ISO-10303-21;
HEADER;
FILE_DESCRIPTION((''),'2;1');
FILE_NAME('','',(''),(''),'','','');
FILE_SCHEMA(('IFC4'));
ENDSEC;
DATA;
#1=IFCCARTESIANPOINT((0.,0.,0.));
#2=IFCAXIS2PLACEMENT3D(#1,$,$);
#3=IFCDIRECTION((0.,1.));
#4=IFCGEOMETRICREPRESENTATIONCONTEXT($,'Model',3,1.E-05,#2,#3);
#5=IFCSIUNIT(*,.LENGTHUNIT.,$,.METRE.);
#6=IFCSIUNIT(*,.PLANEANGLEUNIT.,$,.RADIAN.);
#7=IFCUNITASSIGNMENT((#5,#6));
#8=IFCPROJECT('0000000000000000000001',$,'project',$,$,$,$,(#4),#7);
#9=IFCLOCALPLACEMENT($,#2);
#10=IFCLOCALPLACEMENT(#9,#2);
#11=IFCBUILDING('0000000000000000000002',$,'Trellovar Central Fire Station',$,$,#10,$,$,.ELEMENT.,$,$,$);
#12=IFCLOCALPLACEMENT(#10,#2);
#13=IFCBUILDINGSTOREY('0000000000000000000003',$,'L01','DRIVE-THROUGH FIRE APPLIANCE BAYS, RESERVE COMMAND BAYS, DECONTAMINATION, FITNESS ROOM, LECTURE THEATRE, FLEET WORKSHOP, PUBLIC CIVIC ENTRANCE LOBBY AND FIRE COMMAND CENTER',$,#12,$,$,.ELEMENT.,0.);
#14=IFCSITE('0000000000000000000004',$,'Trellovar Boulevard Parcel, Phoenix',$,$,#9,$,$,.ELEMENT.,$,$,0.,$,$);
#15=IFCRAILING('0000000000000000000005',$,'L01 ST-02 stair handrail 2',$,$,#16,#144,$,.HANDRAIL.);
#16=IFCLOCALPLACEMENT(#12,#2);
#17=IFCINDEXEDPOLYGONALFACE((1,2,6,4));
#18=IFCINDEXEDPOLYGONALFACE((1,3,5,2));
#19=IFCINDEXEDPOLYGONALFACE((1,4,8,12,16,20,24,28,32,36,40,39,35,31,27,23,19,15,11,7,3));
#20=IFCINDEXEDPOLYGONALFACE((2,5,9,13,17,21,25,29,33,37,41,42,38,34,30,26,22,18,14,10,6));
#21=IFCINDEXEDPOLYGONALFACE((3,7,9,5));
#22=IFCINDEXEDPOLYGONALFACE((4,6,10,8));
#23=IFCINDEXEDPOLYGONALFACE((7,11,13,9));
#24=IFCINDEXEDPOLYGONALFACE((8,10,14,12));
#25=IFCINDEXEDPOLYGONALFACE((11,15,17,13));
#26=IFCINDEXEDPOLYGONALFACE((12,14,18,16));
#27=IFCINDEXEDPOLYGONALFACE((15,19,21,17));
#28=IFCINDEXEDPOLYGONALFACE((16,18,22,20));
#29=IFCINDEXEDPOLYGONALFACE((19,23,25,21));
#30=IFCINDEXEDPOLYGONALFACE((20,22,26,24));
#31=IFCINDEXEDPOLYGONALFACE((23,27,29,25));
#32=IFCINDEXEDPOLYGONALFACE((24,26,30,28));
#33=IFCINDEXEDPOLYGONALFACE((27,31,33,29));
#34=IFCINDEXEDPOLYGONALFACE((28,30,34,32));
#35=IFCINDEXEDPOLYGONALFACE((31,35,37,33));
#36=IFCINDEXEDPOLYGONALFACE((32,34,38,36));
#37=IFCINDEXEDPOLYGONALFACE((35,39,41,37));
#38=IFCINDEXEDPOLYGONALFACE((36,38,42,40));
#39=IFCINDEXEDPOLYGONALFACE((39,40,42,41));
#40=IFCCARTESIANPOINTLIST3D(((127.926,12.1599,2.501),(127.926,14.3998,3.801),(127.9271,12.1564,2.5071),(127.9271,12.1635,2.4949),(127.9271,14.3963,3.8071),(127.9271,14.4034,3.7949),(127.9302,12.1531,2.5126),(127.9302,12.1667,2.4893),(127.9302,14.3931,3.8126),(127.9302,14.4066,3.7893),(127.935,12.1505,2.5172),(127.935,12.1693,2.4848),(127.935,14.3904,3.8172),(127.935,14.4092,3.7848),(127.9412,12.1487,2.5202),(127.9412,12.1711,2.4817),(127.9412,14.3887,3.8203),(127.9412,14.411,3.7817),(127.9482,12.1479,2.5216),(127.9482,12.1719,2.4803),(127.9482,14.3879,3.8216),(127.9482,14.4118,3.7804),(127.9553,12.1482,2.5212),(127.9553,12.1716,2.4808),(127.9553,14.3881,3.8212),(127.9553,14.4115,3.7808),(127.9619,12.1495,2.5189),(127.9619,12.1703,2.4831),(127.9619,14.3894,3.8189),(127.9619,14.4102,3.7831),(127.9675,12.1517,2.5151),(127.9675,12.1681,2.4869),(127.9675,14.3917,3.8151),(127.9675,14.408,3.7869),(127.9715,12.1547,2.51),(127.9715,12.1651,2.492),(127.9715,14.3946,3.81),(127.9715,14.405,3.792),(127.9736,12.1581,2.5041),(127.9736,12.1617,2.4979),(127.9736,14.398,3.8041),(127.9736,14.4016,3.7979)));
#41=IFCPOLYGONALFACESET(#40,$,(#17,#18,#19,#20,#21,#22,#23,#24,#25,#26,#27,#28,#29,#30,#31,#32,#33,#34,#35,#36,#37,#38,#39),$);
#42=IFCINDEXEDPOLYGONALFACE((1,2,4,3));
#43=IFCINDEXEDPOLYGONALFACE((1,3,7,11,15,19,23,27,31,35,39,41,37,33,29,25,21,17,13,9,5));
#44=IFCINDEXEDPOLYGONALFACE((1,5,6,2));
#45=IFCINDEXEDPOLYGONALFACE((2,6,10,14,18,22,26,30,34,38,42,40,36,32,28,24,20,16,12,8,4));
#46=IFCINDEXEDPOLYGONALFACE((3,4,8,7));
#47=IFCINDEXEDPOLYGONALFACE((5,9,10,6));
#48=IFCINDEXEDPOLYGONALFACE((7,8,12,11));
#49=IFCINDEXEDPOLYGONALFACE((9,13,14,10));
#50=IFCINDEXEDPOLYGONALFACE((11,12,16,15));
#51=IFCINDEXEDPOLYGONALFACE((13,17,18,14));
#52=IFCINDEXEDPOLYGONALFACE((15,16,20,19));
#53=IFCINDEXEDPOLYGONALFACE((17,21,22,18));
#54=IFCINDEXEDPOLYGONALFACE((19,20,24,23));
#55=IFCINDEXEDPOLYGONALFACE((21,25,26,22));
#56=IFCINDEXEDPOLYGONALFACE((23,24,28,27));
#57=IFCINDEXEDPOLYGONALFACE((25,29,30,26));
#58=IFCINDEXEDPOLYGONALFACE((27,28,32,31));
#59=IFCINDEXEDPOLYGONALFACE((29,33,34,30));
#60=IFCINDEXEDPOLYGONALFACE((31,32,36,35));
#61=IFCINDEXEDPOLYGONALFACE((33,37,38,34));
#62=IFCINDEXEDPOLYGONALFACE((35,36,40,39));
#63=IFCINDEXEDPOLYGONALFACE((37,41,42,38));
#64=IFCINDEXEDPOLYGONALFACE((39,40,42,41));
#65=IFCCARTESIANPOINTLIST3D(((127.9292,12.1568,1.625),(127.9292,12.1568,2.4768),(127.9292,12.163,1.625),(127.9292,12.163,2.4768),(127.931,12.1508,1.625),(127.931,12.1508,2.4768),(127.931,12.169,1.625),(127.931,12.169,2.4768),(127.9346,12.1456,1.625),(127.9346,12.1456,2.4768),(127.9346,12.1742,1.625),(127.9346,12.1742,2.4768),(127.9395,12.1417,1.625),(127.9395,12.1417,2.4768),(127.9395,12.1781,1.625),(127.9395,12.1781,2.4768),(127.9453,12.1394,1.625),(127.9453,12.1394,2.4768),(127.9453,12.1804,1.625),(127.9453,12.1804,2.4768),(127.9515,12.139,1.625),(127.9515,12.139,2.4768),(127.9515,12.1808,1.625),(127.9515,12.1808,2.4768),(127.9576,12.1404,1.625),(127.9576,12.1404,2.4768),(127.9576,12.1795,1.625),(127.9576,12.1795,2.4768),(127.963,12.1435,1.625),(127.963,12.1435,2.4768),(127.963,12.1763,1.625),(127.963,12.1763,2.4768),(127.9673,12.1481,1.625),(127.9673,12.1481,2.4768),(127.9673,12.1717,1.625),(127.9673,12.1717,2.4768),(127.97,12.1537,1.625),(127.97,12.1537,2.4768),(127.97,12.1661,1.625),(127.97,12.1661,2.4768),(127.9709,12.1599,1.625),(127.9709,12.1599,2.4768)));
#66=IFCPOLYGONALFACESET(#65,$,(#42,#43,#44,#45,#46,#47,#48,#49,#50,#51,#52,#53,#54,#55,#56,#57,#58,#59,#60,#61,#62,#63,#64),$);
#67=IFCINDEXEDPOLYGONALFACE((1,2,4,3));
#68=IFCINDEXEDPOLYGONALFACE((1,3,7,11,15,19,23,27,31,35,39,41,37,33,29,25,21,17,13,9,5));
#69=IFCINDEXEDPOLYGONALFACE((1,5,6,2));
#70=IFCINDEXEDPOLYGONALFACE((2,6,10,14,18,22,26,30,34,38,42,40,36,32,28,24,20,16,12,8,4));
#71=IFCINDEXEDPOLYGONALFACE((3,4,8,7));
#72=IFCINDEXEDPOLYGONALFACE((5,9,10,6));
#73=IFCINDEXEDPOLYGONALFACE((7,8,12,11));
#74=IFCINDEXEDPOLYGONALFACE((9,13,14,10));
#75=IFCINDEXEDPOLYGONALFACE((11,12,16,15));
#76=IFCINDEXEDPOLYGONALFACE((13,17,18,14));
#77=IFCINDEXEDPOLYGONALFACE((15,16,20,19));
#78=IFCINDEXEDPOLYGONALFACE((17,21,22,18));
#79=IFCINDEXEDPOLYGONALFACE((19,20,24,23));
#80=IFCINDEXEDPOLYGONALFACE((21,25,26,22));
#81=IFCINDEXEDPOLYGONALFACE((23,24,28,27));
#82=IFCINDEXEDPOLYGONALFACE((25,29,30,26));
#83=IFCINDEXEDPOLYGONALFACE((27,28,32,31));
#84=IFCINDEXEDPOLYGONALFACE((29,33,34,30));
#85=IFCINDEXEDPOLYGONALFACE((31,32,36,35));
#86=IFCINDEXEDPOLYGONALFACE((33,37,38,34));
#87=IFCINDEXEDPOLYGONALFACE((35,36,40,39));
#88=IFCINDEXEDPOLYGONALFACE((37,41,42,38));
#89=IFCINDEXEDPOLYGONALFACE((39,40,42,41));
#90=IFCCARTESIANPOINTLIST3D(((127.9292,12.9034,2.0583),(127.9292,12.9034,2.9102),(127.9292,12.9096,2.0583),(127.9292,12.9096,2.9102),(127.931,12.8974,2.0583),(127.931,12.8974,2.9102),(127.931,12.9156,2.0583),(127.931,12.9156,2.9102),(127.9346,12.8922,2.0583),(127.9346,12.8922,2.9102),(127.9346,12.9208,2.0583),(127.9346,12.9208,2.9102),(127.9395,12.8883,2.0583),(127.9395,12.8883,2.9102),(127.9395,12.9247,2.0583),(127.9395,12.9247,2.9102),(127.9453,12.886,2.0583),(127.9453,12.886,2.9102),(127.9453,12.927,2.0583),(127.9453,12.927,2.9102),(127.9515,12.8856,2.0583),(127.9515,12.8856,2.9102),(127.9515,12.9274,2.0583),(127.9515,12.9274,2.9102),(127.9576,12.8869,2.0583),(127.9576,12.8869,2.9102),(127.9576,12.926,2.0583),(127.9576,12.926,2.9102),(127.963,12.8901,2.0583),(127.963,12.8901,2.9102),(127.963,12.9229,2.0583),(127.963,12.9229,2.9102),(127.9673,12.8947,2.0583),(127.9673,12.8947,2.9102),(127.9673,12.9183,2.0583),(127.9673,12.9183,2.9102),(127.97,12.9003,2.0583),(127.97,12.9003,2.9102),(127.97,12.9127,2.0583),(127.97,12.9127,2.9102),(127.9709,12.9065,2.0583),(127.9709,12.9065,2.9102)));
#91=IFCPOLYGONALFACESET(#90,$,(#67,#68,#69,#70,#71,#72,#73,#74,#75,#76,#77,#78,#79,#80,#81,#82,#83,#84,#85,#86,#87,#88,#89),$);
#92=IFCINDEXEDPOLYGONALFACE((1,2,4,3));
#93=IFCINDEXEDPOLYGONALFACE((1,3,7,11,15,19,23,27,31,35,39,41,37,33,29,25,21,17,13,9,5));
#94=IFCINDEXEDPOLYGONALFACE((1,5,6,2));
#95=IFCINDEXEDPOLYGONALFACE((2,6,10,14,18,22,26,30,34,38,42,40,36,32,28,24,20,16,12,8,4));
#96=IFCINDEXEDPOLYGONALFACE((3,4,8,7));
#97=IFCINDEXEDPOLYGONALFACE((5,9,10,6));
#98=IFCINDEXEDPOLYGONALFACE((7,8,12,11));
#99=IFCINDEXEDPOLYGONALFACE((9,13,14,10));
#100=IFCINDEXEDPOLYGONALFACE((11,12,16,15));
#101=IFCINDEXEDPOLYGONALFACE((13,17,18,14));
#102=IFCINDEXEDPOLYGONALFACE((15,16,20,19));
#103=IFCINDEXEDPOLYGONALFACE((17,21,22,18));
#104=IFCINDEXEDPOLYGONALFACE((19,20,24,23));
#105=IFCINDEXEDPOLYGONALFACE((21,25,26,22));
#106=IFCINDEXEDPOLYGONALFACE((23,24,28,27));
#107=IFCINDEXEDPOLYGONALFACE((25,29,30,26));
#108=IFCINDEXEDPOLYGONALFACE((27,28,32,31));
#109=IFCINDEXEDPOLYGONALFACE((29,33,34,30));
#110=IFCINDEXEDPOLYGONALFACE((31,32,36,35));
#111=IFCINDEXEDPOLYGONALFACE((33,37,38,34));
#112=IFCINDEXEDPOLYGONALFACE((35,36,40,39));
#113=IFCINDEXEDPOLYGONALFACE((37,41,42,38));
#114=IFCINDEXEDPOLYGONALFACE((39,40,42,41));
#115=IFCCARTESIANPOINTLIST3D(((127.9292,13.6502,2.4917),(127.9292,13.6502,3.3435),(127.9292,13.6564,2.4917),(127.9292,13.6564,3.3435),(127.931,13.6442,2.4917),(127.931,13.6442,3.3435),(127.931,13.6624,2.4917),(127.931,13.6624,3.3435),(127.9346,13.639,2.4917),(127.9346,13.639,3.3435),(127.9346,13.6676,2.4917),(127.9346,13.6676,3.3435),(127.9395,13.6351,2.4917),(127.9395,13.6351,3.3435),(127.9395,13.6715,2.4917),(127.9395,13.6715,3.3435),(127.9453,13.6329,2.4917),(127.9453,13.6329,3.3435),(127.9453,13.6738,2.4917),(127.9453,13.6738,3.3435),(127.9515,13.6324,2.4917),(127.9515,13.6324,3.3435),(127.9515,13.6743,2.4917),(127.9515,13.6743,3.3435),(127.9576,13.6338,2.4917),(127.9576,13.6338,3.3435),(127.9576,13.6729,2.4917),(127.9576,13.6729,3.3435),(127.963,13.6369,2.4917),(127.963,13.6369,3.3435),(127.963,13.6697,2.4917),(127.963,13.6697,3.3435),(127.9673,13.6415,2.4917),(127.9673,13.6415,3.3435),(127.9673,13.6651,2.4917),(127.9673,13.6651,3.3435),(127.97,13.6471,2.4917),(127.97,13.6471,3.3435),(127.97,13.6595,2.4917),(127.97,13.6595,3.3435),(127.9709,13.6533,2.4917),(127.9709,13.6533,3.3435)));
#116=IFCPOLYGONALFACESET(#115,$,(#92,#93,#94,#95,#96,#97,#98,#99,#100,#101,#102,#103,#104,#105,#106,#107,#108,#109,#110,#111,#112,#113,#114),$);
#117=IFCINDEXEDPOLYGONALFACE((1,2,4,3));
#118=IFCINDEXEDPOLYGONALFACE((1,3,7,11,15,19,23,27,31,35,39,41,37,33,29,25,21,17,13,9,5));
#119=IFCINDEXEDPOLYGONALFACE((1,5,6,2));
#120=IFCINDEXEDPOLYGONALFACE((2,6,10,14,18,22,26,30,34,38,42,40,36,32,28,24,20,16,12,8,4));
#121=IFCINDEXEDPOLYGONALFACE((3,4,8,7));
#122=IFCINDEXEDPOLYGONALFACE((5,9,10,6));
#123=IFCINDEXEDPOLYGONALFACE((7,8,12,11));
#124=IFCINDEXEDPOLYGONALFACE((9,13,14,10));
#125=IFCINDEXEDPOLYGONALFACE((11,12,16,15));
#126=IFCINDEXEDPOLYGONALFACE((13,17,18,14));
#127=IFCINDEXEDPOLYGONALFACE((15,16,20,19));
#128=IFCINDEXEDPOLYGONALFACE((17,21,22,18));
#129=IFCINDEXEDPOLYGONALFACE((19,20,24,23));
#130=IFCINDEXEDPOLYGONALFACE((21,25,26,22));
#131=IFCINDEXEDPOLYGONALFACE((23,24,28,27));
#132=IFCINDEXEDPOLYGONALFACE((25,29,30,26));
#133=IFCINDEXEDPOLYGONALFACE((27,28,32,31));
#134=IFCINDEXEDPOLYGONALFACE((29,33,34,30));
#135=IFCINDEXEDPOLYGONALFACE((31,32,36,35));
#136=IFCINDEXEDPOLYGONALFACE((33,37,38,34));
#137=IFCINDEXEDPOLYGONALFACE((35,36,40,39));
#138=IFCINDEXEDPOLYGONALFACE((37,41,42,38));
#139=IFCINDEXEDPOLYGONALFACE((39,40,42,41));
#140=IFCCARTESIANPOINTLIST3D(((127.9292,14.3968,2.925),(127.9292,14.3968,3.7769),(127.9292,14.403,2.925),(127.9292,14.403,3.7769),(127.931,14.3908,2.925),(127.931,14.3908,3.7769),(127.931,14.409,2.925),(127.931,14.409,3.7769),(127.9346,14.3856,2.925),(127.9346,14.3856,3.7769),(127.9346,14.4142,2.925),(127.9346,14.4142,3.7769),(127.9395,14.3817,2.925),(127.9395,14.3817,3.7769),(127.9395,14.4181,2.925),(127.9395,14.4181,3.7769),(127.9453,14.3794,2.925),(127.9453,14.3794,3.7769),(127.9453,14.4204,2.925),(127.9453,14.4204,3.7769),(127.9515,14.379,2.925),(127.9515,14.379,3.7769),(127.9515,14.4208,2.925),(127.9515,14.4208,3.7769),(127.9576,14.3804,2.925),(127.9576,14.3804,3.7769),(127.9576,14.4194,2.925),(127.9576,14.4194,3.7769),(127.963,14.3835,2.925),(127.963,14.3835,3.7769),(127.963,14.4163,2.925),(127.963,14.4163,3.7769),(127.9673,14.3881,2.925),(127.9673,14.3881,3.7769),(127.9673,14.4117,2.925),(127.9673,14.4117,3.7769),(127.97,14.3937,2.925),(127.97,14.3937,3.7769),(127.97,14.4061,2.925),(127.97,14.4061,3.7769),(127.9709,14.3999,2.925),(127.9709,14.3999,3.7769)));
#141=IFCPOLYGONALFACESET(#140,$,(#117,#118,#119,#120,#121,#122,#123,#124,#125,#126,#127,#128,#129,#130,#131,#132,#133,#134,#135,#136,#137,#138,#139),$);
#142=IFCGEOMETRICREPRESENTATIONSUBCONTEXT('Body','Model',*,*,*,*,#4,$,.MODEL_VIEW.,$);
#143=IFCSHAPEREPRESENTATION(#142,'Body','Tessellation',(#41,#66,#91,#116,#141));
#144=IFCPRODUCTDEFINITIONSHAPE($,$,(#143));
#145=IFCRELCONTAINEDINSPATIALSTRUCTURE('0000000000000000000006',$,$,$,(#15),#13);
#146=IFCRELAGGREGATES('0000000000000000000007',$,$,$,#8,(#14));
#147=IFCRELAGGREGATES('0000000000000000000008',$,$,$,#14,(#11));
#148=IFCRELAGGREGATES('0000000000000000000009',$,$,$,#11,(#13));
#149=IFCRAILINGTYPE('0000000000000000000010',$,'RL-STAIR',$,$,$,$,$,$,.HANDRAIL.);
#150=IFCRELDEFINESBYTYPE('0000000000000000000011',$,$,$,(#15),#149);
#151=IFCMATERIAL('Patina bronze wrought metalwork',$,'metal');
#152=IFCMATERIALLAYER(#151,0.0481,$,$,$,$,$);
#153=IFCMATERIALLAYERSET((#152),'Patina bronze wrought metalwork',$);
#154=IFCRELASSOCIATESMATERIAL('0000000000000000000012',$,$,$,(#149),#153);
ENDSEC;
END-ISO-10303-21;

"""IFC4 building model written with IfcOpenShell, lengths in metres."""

from ifc_helpers import new_model, si_unit, direction, frame, origin, origin_2d, place, context, subcontext, project, spatial, circle, extrude, material, layer, layer_set, type_object, element, save


model = new_model("IFC4")

# Units and contexts
model_context = context("Model", 3, precision=1e-05, world=origin(), true_north=direction((0.0, 1.0)))
body_context = subcontext(model_context, "Body", "Model", "MODEL_VIEW")
ifc_project = project(units=[si_unit("LENGTHUNIT", "METRE"), si_unit("PLANEANGLEUNIT", "RADIAN")], contexts=[model_context])

# Site, building, storey
site_placement = place(None, origin())
site = spatial("IfcSite", under=ifc_project, at=site_placement, Name="Trellovar Boulevard Parcel, Phoenix", CompositionType="ELEMENT", RefElevation=0.0)
building_placement = place(site_placement, origin())
building = spatial("IfcBuilding", under=site, at=building_placement, Name="Trellovar Central Fire Station", CompositionType="ELEMENT")
storey_placement = place(building_placement, origin())
storey = spatial("IfcBuildingStorey", under=building, at=storey_placement, Name="L01", Description="DRIVE-THROUGH FIRE APPLIANCE BAYS, RESERVE COMMAND BAYS, DECONTAMINATION, FITNESS ROOM, LECTURE THEATRE, FLEET WORKSHOP, PUBLIC CIVIC ENTRANCE LOBBY AND FIRE COMMAND CENTER", CompositionType="ELEMENT", Elevation=0.0)

# Railing
ifc_material_1 = material(Name="Patina bronze wrought metalwork", Category="metal")
ifc_layer_1 = layer(ifc_material_1, 0.0481)
ifc_layer_set_1 = layer_set([ifc_layer_1], Name="Patina bronze wrought metalwork")
railing_type_1 = type_object("IfcRailingType", Name="RL-STAIR", PredefinedType="HANDRAIL", material=ifc_layer_set_1)
railing_1_placement = place(storey_placement, frame((127.95, 12.1599, 1.625)))
element("IfcRailing", 1, at=railing_1_placement, inside=storey, type_object=railing_type_1, Name="L01 ST-02 stair handrail 2", PredefinedType="HANDRAIL", context=body_context, shape_type="SweptSolid", body=[
    extrude(circle(Radius=0.0239, at=origin_2d()), frame((0.0, 0.0, 0.876), z_axis=(0.0, 0.864888, 0.501965), x_axis=(-1.0, 0.0, 0.0)), (0.0, 0.0, 1.0), 2.5898),
    extrude(circle(Radius=0.021, at=origin_2d()), origin(), (0.0, 0.0, 1.0), 0.8518),
    extrude(circle(Radius=0.021, at=origin_2d()), frame((0.0, 0.7466, 0.4333)), (0.0, 0.0, 1.0), 0.8518),
    extrude(circle(Radius=0.021, at=origin_2d()), frame((0.0, 1.4934, 0.8667)), (0.0, 0.0, 1.0), 0.8518),
    extrude(circle(Radius=0.021, at=origin_2d()), frame((0.0, 2.24, 1.3)), (0.0, 0.0, 1.0), 0.8518),
])

save(model, "model.ifc")
